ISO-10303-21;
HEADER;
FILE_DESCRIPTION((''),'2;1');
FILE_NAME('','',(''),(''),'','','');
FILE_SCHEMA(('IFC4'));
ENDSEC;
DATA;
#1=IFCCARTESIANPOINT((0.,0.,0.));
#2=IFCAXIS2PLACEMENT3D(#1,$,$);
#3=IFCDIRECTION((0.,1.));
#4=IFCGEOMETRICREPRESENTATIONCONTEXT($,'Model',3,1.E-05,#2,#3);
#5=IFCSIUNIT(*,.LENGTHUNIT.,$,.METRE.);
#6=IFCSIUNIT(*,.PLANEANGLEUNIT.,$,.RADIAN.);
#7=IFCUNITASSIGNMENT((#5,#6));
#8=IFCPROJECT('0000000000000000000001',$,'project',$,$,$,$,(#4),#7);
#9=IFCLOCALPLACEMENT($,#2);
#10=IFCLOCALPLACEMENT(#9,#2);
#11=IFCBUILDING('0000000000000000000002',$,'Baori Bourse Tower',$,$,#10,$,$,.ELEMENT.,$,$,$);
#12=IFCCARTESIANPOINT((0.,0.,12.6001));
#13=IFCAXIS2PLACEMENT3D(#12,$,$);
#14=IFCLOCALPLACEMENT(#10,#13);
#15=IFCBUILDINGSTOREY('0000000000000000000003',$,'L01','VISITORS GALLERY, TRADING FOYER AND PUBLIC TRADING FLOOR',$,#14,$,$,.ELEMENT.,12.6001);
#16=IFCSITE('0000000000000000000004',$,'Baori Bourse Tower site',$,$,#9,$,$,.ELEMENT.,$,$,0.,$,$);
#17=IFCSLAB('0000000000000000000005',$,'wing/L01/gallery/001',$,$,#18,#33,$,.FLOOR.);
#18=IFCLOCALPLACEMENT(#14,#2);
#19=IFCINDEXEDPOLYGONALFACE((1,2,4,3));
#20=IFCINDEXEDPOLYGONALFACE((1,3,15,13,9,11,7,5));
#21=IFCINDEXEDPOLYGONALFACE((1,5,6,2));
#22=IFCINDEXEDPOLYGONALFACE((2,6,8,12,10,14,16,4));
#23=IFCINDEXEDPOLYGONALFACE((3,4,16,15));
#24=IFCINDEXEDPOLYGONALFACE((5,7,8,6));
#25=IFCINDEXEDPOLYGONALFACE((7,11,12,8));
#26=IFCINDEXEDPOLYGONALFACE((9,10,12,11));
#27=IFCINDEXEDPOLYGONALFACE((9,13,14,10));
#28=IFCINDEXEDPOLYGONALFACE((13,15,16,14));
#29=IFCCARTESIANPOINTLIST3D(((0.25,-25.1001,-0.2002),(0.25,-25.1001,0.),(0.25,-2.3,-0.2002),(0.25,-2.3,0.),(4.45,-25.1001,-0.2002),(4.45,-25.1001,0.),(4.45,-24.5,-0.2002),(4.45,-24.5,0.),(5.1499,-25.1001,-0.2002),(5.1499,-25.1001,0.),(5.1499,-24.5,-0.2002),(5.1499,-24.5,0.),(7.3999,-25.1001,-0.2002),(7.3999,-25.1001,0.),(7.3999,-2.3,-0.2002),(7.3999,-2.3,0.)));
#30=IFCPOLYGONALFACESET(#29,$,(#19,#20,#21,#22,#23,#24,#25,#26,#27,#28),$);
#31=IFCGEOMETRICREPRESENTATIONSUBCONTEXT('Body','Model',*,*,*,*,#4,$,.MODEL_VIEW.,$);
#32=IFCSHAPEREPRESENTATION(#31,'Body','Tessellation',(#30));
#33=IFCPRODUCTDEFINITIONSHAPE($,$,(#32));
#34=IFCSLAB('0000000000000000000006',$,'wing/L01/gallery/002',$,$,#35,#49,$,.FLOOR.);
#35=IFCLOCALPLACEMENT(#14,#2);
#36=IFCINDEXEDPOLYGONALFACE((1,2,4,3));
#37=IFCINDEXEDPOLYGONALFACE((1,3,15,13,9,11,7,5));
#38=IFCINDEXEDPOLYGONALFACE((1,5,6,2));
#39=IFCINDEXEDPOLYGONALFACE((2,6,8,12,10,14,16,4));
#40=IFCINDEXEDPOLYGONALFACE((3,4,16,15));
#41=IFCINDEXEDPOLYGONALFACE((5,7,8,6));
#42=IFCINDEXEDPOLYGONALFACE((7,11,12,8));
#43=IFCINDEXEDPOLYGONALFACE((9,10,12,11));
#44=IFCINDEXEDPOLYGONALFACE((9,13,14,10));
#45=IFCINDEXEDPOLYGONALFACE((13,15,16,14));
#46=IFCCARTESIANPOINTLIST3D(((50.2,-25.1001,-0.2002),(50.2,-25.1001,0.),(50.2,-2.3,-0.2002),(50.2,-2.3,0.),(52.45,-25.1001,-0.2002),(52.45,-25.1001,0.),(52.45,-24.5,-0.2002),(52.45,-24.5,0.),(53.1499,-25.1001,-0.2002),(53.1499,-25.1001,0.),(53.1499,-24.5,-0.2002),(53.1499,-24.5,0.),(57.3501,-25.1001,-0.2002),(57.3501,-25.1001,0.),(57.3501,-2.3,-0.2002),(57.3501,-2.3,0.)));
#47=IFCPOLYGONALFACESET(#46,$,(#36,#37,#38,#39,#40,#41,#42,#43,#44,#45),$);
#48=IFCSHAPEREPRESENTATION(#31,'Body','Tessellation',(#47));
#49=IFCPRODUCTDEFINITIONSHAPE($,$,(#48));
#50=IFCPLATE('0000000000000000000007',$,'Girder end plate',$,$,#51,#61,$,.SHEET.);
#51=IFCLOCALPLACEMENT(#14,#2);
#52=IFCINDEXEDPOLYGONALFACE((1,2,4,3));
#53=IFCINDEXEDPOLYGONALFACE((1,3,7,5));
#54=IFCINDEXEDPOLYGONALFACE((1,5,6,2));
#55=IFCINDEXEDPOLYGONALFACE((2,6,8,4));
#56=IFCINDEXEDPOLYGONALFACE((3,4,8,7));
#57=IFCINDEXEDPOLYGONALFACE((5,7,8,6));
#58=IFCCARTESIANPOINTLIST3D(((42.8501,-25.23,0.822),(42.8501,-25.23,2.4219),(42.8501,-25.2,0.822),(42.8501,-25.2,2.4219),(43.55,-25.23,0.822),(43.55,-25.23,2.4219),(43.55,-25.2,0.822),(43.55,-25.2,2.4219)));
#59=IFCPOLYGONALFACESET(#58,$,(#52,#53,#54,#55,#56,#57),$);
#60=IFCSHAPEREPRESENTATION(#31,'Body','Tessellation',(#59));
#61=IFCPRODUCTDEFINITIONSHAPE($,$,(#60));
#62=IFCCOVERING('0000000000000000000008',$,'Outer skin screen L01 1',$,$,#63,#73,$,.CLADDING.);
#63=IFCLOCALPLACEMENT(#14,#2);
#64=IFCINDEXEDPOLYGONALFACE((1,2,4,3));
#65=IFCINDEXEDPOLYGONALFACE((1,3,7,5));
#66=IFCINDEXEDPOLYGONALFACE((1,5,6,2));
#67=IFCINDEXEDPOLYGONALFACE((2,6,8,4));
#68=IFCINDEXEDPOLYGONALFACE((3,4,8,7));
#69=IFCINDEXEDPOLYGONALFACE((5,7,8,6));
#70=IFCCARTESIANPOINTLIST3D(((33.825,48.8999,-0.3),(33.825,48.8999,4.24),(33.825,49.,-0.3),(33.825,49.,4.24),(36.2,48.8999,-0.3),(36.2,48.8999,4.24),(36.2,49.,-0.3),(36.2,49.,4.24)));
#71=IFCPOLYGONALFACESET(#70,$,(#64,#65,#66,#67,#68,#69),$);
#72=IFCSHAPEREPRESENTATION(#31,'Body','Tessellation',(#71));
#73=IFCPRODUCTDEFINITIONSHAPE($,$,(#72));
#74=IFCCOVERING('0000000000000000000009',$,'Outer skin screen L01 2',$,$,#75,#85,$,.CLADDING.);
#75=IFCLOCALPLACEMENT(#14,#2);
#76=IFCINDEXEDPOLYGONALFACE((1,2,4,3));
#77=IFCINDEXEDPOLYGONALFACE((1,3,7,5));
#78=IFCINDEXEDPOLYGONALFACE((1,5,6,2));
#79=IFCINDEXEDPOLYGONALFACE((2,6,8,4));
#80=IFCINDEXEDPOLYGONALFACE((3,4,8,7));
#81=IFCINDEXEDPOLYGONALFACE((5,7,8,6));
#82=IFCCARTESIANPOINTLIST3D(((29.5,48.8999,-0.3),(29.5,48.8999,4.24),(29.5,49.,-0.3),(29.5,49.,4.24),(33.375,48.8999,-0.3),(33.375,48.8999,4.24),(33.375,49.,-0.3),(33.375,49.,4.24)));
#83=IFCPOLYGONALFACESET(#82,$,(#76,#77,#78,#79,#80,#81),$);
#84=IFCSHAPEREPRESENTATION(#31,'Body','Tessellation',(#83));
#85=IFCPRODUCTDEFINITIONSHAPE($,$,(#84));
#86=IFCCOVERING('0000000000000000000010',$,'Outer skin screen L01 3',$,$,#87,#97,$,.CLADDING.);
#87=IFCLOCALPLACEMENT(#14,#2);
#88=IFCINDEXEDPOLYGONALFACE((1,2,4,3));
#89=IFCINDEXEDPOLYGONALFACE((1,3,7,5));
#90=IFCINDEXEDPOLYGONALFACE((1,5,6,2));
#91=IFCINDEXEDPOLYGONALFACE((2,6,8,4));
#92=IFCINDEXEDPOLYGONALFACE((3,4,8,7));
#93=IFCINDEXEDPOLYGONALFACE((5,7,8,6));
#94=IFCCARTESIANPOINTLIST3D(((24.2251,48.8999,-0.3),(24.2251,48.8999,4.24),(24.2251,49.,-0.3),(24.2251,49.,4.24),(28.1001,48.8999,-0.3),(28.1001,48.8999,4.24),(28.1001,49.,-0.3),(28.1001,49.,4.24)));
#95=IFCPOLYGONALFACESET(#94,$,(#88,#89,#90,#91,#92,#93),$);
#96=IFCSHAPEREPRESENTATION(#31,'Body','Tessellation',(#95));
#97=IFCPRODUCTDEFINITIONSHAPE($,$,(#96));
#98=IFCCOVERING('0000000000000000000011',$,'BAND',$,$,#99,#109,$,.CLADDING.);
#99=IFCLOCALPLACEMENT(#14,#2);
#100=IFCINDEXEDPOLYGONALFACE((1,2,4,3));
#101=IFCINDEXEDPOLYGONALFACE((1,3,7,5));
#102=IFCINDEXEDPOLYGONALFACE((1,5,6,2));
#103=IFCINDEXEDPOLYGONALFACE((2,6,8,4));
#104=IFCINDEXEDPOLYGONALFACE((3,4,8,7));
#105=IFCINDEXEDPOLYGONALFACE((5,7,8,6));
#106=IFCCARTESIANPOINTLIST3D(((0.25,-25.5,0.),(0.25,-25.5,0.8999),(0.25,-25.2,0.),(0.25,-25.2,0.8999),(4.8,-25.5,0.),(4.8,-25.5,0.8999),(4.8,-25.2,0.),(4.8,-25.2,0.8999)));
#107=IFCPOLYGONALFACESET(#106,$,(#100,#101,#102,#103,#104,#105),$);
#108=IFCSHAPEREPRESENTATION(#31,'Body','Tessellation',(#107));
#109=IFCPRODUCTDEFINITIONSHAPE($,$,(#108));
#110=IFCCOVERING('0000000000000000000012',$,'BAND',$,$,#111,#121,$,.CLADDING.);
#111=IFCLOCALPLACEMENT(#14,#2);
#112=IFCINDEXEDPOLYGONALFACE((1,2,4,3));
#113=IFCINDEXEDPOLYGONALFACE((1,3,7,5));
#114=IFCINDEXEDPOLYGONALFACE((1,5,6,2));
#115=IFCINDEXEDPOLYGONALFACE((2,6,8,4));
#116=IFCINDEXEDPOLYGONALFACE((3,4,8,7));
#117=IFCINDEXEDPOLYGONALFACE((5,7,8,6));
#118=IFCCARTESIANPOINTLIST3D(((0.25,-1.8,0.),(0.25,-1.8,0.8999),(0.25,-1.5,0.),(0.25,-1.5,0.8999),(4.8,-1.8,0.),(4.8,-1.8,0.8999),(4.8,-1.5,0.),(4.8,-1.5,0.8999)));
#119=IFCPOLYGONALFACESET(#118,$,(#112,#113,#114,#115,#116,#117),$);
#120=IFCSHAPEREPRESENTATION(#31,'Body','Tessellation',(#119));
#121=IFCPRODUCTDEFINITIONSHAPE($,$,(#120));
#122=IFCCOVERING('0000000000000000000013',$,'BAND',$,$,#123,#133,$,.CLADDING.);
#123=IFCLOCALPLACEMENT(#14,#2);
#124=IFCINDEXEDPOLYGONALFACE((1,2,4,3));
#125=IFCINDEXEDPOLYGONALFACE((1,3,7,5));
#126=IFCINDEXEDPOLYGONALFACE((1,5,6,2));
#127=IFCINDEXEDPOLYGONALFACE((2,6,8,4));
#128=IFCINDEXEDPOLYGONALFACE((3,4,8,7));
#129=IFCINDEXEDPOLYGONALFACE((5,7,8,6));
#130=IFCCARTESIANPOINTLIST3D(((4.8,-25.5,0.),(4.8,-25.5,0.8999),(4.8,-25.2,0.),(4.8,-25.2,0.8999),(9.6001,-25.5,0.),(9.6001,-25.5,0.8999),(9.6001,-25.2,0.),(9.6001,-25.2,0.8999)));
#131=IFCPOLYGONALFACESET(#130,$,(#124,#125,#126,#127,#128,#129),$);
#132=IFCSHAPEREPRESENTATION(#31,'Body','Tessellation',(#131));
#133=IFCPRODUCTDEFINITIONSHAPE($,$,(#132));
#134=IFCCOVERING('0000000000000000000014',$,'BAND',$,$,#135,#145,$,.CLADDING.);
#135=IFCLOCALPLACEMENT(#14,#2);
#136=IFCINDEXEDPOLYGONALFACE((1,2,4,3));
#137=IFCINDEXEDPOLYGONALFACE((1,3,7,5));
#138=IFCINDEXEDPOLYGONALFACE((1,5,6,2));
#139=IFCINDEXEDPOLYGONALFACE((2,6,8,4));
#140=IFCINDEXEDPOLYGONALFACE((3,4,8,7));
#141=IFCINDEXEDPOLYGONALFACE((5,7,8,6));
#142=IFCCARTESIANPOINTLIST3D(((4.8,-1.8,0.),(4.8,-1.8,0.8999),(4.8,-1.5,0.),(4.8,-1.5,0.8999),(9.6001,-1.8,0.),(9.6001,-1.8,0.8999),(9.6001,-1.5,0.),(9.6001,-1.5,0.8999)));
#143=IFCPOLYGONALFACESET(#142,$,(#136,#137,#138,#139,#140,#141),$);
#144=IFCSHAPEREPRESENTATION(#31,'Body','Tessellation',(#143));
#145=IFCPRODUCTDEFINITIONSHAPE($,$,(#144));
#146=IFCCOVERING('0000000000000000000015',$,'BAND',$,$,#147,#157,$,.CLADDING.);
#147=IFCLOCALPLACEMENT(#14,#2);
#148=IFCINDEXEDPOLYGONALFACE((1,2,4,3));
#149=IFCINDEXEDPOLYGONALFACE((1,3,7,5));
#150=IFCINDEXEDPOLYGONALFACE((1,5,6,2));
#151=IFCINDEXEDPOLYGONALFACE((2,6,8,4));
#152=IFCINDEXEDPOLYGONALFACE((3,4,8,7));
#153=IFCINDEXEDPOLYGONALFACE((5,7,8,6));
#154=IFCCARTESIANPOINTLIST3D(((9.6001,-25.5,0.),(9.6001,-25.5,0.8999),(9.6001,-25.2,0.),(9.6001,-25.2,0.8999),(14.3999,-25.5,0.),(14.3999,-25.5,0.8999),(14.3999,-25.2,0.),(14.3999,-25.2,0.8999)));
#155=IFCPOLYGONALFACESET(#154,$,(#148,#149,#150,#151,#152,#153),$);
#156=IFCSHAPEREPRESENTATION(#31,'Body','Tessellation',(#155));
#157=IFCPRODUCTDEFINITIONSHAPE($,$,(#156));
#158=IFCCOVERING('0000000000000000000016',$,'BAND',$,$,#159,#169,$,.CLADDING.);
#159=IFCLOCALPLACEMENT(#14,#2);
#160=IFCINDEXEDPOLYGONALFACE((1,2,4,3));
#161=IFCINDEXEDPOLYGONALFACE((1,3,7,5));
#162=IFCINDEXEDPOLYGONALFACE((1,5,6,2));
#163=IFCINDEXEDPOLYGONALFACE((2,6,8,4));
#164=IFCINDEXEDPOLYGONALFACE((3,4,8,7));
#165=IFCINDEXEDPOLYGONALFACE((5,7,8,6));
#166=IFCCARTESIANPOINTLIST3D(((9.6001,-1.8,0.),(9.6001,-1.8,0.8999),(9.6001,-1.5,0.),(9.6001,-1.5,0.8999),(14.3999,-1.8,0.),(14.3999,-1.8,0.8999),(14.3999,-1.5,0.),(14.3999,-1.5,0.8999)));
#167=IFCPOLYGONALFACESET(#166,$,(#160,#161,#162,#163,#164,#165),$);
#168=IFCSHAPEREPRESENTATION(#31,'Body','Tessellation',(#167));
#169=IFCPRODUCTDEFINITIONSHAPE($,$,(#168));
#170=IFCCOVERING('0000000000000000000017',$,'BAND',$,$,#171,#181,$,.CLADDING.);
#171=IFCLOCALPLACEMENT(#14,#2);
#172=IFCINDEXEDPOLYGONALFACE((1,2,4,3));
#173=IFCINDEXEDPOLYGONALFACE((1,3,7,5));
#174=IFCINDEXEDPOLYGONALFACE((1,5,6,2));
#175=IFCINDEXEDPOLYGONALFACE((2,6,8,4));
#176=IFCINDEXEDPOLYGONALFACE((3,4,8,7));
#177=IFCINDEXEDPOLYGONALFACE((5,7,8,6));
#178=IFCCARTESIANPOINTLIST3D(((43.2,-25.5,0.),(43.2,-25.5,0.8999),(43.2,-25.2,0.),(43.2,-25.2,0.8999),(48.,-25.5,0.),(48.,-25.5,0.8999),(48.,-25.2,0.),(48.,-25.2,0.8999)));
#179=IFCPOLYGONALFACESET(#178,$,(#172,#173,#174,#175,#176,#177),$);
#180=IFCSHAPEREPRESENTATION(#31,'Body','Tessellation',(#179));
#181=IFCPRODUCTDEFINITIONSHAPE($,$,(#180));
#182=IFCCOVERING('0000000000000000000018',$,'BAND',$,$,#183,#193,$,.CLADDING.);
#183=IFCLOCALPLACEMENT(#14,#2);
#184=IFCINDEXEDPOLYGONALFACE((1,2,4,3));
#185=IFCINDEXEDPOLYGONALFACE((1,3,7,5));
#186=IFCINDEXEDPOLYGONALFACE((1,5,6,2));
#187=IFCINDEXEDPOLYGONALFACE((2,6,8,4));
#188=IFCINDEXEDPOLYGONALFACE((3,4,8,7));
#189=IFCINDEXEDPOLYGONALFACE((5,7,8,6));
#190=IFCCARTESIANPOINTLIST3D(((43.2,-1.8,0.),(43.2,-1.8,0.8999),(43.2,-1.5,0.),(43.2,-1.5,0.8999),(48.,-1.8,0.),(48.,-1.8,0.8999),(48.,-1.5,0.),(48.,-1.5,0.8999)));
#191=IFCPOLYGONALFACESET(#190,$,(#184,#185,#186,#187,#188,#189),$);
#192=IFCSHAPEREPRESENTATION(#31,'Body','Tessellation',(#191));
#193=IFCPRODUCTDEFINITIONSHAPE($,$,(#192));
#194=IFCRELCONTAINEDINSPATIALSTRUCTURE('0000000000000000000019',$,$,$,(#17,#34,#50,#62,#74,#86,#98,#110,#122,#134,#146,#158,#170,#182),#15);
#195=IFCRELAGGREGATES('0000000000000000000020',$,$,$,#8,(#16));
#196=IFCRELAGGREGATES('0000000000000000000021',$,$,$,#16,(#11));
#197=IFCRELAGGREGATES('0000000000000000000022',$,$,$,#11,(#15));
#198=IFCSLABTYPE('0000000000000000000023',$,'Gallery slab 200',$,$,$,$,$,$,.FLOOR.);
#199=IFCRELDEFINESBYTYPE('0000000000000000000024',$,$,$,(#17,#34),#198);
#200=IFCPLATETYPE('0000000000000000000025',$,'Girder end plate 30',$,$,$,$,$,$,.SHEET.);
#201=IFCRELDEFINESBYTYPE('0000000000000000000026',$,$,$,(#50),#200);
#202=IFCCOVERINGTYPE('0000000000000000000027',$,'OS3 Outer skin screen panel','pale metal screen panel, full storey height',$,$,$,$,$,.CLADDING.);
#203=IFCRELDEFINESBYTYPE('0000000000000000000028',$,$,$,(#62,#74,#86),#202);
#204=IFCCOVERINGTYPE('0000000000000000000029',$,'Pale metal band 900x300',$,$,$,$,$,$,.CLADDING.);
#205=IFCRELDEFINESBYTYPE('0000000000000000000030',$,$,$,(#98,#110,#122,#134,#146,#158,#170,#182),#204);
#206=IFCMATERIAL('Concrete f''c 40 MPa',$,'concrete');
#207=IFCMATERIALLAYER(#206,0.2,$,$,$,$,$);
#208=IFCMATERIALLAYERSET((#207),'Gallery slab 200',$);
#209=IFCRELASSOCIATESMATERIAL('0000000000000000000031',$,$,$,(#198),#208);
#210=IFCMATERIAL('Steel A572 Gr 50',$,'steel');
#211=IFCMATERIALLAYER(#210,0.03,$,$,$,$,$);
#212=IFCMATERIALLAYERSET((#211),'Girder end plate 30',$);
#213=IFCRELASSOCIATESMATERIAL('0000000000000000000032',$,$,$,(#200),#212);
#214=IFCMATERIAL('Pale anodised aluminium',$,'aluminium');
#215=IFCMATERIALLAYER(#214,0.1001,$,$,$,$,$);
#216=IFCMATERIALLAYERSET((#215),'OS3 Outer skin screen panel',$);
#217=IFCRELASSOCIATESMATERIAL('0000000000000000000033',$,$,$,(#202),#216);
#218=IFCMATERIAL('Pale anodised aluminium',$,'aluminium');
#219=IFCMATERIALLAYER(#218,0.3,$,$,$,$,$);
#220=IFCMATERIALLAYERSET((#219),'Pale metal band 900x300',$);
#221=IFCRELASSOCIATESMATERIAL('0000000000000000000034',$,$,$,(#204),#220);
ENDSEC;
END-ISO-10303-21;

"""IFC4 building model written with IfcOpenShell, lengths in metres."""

from ifc_helpers import new_model, si_unit, direction, frame, origin, place, context, subcontext, project, spatial, polyline, outline, extrude, material, layer, layer_set, type_object, element, save


model = new_model("IFC4")

# Units and contexts
model_context = context("Model", 3, precision=1e-05, world=origin(), true_north=direction((0.0, 1.0)))
body_context = subcontext(model_context, "Body", "Model", "MODEL_VIEW")
ifc_project = project(units=[si_unit("LENGTHUNIT", "METRE"), si_unit("PLANEANGLEUNIT", "RADIAN")], contexts=[model_context])

# Site, building, storey
site_placement = place(None, origin())
site = spatial("IfcSite", under=ifc_project, at=site_placement, Name="Baori Bourse Tower site", CompositionType="ELEMENT", RefElevation=0.0)
building_placement = place(site_placement, origin())
building = spatial("IfcBuilding", under=site, at=building_placement, Name="Baori Bourse Tower", CompositionType="ELEMENT")
storey_placement = place(building_placement, frame((0.0, 0.0, 12.6001)))
storey = spatial("IfcBuildingStorey", under=building, at=storey_placement, Name="L01", Description="VISITORS GALLERY, TRADING FOYER AND PUBLIC TRADING FLOOR", CompositionType="ELEMENT", Elevation=12.6001)

# Slabs
ifc_material_1 = material(Name="Concrete f'c 40 MPa", Category="concrete")
ifc_layer_1 = layer(ifc_material_1, 0.2)
ifc_layer_set_1 = layer_set([ifc_layer_1], Name="Gallery slab 200")
slab_type = type_object("IfcSlabType", Name="Gallery slab 200", PredefinedType="FLOOR", material=ifc_layer_set_1)
slab_1_placement = place(storey_placement, frame((0.0, 0.0, -0.2002)))
element("IfcSlab", 1, at=slab_1_placement, inside=storey, type_object=slab_type, Name="wing/L01/gallery/001", PredefinedType="FLOOR", context=body_context, shape_type="SweptSolid", body=[
    extrude(outline(polyline([(0.25, -2.3), (0.25, -25.1001), (4.45, -25.1001), (4.45, -24.5), (5.1499, -24.5), (5.1499, -25.1001), (7.3999, -25.1001), (7.3999, -2.3), (0.25, -2.3)])), origin(), (0.0, 0.0, 1.0), 0.2002),
])
slab_2_placement = place(storey_placement, frame((0.0, 0.0, -0.2002)))
element("IfcSlab", 2, at=slab_2_placement, inside=storey, type_object=slab_type, Name="wing/L01/gallery/002", PredefinedType="FLOOR", context=body_context, shape_type="SweptSolid", body=[
    extrude(outline(polyline([(57.3501, -25.1001), (57.3501, -2.3), (50.2, -2.3), (50.2, -25.1001), (52.45, -25.1001), (52.45, -24.5), (53.1499, -24.5), (53.1499, -25.1001), (57.3501, -25.1001)])), origin(), (0.0, 0.0, 1.0), 0.2002),
])

# Plate
ifc_material_2 = material(Name="Steel A572 Gr 50", Category="steel")
ifc_layer_2 = layer(ifc_material_2, 0.03)
ifc_layer_set_2 = layer_set([ifc_layer_2], Name="Girder end plate 30")
plate_type = type_object("IfcPlateType", Name="Girder end plate 30", PredefinedType="SHEET", material=ifc_layer_set_2)
plate_placement = place(storey_placement, frame((0.0, 0.0, 0.822)))
element("IfcPlate", 3, at=plate_placement, inside=storey, type_object=plate_type, Name="Girder end plate", PredefinedType="SHEET", context=body_context, shape_type="SweptSolid", body=[
    extrude(outline(polyline([(42.8501, -25.23), (43.55, -25.23), (43.55, -25.2), (42.8501, -25.2), (42.8501, -25.23)])), origin(), (0.0, 0.0, 1.0), 1.5999),
])

# Coverings
ifc_material_3 = material(Name="Pale anodised aluminium", Category="aluminium")
ifc_layer_3 = layer(ifc_material_3, 0.1001)
ifc_layer_set_3 = layer_set([ifc_layer_3], Name="OS3 Outer skin screen panel")
covering_type_1 = type_object("IfcCoveringType", Name="OS3 Outer skin screen panel", Description="pale metal screen panel, full storey height", PredefinedType="CLADDING", material=ifc_layer_set_3)
covering_1_placement = place(storey_placement, frame((0.0, 0.0, -0.3)))
element("IfcCovering", 4, at=covering_1_placement, inside=storey, type_object=covering_type_1, Name="Outer skin screen L01 1", PredefinedType="CLADDING", context=body_context, shape_type="SweptSolid", body=[
    extrude(outline(polyline([(33.825, 48.8999), (36.2, 48.8999), (36.2, 49.0), (33.825, 49.0), (33.825, 48.8999)])), origin(), (0.0, 0.0, 1.0), 4.54),
])
covering_2_placement = place(storey_placement, frame((0.0, 0.0, -0.3)))
element("IfcCovering", 5, at=covering_2_placement, inside=storey, type_object=covering_type_1, Name="Outer skin screen L01 2", PredefinedType="CLADDING", context=body_context, shape_type="SweptSolid", body=[
    extrude(outline(polyline([(29.5, 48.8999), (33.375, 48.8999), (33.375, 49.0), (29.5, 49.0), (29.5, 48.8999)])), origin(), (0.0, 0.0, 1.0), 4.54),
])
covering_3_placement = place(storey_placement, frame((0.0, 0.0, -0.3)))
element("IfcCovering", 6, at=covering_3_placement, inside=storey, type_object=covering_type_1, Name="Outer skin screen L01 3", PredefinedType="CLADDING", context=body_context, shape_type="SweptSolid", body=[
    extrude(outline(polyline([(24.2251, 48.8999), (28.1001, 48.8999), (28.1001, 49.0), (24.2251, 49.0), (24.2251, 48.8999)])), origin(), (0.0, 0.0, 1.0), 4.54),
])
ifc_material_4 = material(Name="Pale anodised aluminium", Category="aluminium")
ifc_layer_4 = layer(ifc_material_4, 0.3)
ifc_layer_set_4 = layer_set([ifc_layer_4], Name="Pale metal band 900x300")
covering_type_2 = type_object("IfcCoveringType", Name="Pale metal band 900x300", PredefinedType="CLADDING", material=ifc_layer_set_4)
covering_4_placement = place(storey_placement, origin())
element("IfcCovering", 7, at=covering_4_placement, inside=storey, type_object=covering_type_2, Name="BAND", PredefinedType="CLADDING", context=body_context, shape_type="SweptSolid", body=[
    extrude(outline(polyline([(0.25, -25.5), (4.8, -25.5), (4.8, -25.2), (0.25, -25.2), (0.25, -25.5)])), origin(), (0.0, 0.0, 1.0), 0.8999),
])
covering_5_placement = place(storey_placement, origin())
element("IfcCovering", 8, at=covering_5_placement, inside=storey, type_object=covering_type_2, Name="BAND", PredefinedType="CLADDING", context=body_context, shape_type="SweptSolid", body=[
    extrude(outline(polyline([(0.25, -1.8), (4.8, -1.8), (4.8, -1.5), (0.25, -1.5), (0.25, -1.8)])), origin(), (0.0, 0.0, 1.0), 0.8999),
])
covering_6_placement = place(storey_placement, origin())
element("IfcCovering", 9, at=covering_6_placement, inside=storey, type_object=covering_type_2, Name="BAND", PredefinedType="CLADDING", context=body_context, shape_type="SweptSolid", body=[
    extrude(outline(polyline([(4.8, -25.5), (9.6001, -25.5), (9.6001, -25.2), (4.8, -25.2), (4.8, -25.5)])), origin(), (0.0, 0.0, 1.0), 0.8999),
])
covering_7_placement = place(storey_placement, origin())
element("IfcCovering", 10, at=covering_7_placement, inside=storey, type_object=covering_type_2, Name="BAND", PredefinedType="CLADDING", context=body_context, shape_type="SweptSolid", body=[
    extrude(outline(polyline([(4.8, -1.8), (9.6001, -1.8), (9.6001, -1.5), (4.8, -1.5), (4.8, -1.8)])), origin(), (0.0, 0.0, 1.0), 0.8999),
])
covering_8_placement = place(storey_placement, origin())
element("IfcCovering", 11, at=covering_8_placement, inside=storey, type_object=covering_type_2, Name="BAND", PredefinedType="CLADDING", context=body_context, shape_type="SweptSolid", body=[
    extrude(outline(polyline([(9.6001, -25.5), (14.3999, -25.5), (14.3999, -25.2), (9.6001, -25.2), (9.6001, -25.5)])), origin(), (0.0, 0.0, 1.0), 0.8999),
])
covering_9_placement = place(storey_placement, origin())
element("IfcCovering", 12, at=covering_9_placement, inside=storey, type_object=covering_type_2, Name="BAND", PredefinedType="CLADDING", context=body_context, shape_type="SweptSolid", body=[
    extrude(outline(polyline([(9.6001, -1.8), (14.3999, -1.8), (14.3999, -1.5), (9.6001, -1.5), (9.6001, -1.8)])), origin(), (0.0, 0.0, 1.0), 0.8999),
])
covering_10_placement = place(storey_placement, origin())
element("IfcCovering", 13, at=covering_10_placement, inside=storey, type_object=covering_type_2, Name="BAND", PredefinedType="CLADDING", context=body_context, shape_type="SweptSolid", body=[
    extrude(outline(polyline([(43.2, -25.5), (48.0, -25.5), (48.0, -25.2), (43.2, -25.2), (43.2, -25.5)])), origin(), (0.0, 0.0, 1.0), 0.8999),
])
covering_11_placement = place(storey_placement, origin())
element("IfcCovering", 14, at=covering_11_placement, inside=storey, type_object=covering_type_2, Name="BAND", PredefinedType="CLADDING", context=body_context, shape_type="SweptSolid", body=[
    extrude(outline(polyline([(43.2, -1.8), (48.0, -1.8), (48.0, -1.5), (43.2, -1.5), (43.2, -1.8)])), origin(), (0.0, 0.0, 1.0), 0.8999),
])

save(model, "model.ifc")
